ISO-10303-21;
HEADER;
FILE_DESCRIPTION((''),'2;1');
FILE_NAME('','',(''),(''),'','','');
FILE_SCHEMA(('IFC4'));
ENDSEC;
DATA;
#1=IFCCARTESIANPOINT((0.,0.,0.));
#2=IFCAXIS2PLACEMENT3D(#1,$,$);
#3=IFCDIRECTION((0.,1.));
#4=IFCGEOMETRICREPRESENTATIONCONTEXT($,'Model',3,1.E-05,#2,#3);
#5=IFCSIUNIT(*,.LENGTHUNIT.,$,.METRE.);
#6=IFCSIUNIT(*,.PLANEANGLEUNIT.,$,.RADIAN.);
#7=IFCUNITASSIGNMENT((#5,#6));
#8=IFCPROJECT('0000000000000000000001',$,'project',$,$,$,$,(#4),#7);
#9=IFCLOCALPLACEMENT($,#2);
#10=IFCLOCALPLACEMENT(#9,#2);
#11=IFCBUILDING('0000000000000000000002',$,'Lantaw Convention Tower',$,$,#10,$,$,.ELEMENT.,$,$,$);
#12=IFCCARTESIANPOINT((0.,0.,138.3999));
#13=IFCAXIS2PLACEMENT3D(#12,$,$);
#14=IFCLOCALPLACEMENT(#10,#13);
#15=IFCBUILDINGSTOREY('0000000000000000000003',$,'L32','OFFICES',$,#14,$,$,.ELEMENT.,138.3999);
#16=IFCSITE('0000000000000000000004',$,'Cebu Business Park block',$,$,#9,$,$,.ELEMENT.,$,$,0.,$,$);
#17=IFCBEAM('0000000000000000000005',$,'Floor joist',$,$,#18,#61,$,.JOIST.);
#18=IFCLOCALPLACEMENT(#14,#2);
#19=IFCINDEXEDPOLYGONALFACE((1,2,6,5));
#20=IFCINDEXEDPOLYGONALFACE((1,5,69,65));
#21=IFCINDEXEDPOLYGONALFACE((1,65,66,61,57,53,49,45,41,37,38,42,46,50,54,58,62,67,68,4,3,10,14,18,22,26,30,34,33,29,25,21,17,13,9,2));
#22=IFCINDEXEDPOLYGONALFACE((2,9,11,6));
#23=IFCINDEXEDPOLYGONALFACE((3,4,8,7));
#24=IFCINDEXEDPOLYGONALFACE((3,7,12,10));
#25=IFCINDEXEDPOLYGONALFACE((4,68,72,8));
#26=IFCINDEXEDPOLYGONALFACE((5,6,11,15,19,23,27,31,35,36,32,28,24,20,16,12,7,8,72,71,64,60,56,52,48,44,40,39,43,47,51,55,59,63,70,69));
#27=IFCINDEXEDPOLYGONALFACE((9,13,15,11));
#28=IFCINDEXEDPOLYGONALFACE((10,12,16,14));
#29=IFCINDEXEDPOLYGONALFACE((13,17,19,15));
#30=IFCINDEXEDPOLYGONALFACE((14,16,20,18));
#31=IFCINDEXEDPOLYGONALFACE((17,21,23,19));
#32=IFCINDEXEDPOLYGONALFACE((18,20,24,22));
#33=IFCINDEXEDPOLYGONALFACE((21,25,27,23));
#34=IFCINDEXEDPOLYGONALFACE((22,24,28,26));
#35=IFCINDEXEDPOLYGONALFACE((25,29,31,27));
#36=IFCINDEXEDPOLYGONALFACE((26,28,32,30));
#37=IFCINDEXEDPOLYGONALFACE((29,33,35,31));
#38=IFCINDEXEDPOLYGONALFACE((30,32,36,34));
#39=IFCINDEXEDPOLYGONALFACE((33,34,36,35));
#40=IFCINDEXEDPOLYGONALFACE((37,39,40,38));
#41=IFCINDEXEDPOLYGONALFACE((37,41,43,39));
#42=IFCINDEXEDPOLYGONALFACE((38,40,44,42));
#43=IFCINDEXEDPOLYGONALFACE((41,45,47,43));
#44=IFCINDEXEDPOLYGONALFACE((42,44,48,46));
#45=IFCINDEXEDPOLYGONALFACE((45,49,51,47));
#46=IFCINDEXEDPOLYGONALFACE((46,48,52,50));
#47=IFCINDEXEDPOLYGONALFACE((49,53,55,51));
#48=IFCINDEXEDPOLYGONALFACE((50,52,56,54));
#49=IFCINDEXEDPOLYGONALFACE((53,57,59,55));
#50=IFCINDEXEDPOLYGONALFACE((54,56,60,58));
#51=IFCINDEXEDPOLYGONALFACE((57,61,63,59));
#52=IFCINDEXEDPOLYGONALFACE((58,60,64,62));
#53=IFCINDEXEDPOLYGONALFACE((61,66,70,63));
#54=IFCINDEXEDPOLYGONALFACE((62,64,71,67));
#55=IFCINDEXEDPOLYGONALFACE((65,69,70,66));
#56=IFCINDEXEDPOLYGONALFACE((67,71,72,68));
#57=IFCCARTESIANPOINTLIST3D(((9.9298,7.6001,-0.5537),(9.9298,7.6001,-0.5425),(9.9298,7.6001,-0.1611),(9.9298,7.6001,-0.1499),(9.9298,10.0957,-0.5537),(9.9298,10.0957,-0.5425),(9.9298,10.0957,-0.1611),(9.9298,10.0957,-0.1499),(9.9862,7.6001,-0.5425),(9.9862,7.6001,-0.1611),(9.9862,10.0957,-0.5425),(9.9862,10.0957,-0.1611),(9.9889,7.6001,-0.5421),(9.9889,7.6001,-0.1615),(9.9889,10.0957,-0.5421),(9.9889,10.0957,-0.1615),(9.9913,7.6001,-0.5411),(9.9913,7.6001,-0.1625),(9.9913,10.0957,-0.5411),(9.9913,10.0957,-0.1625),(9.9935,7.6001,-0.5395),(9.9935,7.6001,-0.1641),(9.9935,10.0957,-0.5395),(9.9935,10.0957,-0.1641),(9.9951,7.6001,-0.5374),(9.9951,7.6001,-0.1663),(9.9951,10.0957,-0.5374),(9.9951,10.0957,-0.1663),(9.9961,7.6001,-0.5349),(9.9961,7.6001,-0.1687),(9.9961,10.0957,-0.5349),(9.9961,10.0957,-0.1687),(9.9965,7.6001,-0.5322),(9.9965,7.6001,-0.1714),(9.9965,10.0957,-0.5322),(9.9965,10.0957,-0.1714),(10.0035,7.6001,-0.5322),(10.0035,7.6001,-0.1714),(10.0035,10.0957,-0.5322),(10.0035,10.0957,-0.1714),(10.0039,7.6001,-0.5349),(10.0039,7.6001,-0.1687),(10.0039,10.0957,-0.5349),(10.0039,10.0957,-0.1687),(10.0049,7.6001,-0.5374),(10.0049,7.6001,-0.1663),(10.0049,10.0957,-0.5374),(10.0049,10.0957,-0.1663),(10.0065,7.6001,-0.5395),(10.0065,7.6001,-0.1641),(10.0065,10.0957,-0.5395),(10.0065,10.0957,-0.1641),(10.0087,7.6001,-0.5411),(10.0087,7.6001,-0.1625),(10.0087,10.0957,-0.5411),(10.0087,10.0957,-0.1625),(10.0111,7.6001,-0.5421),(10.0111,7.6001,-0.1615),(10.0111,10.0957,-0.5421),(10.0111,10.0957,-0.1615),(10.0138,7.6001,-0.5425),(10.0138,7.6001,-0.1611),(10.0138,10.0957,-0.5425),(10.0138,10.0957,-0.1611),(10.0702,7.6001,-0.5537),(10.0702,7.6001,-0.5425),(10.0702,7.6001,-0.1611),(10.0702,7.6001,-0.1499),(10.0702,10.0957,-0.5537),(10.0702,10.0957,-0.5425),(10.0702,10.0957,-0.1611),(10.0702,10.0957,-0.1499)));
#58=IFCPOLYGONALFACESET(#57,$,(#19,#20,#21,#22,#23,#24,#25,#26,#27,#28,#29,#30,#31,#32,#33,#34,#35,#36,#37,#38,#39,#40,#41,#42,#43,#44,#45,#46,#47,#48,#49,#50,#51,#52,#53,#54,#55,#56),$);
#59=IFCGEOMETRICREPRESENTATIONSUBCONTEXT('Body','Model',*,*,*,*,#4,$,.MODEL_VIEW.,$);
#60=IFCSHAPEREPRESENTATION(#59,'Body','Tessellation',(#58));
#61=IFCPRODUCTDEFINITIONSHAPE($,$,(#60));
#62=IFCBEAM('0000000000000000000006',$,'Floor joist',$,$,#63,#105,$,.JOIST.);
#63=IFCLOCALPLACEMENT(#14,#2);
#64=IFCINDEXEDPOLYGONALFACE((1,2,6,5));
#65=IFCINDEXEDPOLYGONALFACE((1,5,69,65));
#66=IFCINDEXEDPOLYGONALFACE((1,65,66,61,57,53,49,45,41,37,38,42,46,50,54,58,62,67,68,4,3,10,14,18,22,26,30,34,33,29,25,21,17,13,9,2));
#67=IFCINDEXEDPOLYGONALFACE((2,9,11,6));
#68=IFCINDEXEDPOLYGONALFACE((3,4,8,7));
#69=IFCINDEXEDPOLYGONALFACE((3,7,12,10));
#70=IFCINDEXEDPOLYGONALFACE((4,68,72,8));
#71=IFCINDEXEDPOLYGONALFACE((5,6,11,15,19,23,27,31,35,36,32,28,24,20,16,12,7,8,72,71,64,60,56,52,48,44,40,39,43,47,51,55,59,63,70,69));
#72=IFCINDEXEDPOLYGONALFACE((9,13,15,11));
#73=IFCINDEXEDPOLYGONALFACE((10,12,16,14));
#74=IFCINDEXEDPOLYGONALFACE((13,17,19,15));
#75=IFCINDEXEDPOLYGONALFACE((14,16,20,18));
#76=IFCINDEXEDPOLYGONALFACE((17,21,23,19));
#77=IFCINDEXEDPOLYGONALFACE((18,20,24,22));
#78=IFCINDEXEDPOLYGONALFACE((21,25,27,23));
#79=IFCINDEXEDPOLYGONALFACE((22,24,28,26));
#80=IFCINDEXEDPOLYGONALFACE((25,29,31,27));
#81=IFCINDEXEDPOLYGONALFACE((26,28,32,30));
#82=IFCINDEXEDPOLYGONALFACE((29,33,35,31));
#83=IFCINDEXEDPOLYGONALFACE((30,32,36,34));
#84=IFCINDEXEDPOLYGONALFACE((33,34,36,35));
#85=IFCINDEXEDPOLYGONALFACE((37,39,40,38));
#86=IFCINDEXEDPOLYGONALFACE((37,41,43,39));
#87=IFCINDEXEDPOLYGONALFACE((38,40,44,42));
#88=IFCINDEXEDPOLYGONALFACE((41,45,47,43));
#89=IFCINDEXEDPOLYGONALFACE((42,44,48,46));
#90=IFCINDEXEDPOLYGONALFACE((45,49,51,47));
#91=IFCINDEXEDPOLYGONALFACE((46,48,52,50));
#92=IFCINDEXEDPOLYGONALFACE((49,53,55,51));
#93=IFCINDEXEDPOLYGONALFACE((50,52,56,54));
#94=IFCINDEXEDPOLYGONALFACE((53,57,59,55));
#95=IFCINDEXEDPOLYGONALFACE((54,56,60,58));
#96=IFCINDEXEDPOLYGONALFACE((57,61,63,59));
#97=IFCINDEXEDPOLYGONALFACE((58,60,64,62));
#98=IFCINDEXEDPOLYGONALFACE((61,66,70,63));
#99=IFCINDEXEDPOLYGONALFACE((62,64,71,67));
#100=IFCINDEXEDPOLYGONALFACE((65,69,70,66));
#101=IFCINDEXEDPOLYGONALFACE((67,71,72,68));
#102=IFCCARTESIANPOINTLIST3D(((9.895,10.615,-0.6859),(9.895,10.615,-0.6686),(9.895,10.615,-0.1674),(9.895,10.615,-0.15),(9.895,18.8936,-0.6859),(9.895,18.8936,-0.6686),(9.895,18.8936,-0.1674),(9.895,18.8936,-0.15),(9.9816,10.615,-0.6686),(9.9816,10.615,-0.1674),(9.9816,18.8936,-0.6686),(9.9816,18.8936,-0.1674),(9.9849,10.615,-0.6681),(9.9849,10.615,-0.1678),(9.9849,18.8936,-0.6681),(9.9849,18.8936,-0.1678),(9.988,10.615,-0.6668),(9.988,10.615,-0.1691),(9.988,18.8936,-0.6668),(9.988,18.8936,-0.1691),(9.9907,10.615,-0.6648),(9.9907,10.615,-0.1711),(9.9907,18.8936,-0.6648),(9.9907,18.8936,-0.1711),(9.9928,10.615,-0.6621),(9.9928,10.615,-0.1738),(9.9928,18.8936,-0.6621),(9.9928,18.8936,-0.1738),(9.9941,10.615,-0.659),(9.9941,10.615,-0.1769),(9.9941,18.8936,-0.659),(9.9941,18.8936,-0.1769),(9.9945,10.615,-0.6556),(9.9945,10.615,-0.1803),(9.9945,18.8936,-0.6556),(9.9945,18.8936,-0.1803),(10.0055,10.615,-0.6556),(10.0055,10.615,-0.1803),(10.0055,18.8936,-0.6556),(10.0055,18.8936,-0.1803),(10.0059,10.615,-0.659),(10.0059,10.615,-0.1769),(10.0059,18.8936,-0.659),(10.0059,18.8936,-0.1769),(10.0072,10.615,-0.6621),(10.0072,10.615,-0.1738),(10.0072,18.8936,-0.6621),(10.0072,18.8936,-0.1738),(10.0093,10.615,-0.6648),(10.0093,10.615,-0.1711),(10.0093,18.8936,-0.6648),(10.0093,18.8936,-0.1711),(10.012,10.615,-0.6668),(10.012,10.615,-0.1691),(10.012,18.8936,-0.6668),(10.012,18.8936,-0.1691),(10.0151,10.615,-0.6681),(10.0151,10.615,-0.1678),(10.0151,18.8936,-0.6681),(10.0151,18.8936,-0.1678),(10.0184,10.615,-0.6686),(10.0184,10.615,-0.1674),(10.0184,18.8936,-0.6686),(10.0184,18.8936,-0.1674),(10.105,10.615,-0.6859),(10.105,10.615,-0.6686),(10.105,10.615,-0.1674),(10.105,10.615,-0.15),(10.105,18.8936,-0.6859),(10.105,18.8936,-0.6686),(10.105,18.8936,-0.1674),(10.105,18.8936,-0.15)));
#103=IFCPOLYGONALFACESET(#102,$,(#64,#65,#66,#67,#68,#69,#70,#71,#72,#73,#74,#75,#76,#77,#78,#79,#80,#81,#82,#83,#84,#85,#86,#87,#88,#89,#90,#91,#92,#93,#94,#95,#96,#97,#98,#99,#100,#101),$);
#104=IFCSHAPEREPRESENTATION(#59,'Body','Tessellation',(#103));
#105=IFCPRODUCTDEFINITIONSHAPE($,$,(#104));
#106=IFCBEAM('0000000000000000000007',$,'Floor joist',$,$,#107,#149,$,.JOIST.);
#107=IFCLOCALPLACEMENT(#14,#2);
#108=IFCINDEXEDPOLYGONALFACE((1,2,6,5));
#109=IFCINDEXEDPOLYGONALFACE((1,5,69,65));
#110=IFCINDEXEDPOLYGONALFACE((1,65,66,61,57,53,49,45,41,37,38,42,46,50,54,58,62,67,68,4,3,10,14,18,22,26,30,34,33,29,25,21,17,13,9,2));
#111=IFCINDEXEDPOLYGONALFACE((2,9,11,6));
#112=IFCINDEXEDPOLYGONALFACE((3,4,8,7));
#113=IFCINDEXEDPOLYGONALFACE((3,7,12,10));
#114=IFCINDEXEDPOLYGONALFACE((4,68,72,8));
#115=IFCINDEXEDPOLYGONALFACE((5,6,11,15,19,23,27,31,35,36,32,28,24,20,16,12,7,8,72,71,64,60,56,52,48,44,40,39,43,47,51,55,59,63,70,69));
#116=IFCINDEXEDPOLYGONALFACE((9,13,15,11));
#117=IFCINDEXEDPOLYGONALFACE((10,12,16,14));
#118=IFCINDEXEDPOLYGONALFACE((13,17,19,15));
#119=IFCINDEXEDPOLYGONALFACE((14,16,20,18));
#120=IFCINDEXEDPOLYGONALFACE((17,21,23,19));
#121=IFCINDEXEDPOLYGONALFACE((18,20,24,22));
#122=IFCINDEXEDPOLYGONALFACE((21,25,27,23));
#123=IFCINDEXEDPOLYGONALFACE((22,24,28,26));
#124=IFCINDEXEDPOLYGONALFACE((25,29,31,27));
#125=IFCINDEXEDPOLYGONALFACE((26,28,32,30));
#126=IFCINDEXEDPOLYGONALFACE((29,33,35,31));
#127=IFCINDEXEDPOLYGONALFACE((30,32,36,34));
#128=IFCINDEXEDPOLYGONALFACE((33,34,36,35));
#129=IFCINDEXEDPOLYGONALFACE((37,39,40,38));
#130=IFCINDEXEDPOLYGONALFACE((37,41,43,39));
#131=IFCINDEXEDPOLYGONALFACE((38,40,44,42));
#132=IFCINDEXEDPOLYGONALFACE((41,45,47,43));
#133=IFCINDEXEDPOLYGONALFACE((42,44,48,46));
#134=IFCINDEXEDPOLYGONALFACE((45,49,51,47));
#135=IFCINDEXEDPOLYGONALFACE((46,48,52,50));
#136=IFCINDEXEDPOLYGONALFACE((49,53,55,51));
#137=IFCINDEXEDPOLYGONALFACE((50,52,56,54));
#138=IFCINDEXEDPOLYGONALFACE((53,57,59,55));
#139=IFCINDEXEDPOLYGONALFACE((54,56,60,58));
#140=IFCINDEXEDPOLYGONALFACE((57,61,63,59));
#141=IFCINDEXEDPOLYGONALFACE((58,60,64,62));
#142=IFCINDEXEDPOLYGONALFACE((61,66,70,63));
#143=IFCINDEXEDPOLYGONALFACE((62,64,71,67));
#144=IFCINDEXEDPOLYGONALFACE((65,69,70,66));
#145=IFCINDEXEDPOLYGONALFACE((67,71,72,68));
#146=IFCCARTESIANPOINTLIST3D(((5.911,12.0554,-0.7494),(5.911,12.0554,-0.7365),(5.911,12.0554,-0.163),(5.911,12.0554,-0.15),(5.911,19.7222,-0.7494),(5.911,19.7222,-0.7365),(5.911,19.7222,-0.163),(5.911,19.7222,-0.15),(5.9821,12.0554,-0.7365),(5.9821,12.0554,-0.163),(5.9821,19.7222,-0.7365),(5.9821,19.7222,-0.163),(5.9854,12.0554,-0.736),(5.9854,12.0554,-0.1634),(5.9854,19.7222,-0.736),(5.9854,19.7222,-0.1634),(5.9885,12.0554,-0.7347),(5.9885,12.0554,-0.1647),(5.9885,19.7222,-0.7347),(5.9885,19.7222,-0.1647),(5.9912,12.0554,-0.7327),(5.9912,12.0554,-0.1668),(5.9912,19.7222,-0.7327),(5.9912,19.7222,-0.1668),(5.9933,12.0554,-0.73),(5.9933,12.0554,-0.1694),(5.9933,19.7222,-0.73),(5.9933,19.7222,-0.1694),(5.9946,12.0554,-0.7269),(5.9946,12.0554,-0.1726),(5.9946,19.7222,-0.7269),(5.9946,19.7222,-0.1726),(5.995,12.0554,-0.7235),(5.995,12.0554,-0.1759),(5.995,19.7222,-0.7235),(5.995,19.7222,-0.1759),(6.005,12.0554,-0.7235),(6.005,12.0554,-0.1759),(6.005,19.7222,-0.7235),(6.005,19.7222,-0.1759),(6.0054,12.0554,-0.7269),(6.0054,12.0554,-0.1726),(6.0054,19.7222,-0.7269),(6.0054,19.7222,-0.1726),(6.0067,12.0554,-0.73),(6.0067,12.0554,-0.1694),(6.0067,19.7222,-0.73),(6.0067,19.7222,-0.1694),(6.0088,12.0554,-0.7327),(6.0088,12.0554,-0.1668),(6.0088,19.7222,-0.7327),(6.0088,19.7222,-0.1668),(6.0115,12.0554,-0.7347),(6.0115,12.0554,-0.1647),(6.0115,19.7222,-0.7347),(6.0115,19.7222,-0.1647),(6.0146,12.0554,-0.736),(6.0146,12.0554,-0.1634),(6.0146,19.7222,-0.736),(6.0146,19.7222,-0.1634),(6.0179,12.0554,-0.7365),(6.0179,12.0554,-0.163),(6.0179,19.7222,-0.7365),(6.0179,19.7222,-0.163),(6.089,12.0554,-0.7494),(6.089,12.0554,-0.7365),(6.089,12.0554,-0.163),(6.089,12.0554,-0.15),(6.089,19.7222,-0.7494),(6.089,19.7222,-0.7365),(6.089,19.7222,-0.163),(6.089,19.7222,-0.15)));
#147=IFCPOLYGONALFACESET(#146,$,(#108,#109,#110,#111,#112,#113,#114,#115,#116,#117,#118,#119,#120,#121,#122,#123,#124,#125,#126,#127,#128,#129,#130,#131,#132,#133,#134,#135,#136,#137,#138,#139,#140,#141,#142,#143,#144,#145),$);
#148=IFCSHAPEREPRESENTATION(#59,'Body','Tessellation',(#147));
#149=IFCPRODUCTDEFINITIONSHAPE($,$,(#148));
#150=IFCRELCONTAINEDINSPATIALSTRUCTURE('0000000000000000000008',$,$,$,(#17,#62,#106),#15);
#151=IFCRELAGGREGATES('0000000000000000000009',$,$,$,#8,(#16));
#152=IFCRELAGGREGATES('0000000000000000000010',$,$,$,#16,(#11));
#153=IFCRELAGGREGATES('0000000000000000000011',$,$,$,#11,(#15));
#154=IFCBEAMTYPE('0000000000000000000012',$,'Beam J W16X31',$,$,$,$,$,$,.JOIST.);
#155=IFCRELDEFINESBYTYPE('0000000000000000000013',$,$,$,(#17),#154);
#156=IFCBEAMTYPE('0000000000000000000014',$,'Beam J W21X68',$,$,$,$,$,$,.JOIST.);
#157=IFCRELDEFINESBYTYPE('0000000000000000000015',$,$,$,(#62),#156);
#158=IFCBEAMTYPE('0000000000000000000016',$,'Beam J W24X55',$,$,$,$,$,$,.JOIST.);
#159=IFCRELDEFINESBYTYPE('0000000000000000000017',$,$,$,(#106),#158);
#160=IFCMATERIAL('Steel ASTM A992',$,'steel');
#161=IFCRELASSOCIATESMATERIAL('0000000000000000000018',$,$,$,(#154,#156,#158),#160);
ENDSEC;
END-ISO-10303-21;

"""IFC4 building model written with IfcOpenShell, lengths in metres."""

from ifc_helpers import new_model, si_unit, direction, frame, origin, origin_2d, place, context, subcontext, project, spatial, i_section, extrude, material, material_profile, profile_set, type_object, element, save


model = new_model("IFC4")

# Units and contexts
model_context = context("Model", 3, precision=1e-05, world=origin(), true_north=direction((0.0, 1.0)))
body_context = subcontext(model_context, "Body", "Model", "MODEL_VIEW")
ifc_project = project(units=[si_unit("LENGTHUNIT", "METRE"), si_unit("PLANEANGLEUNIT", "RADIAN")], contexts=[model_context])

# Site, building, storey
site_placement = place(None, origin())
site = spatial("IfcSite", under=ifc_project, at=site_placement, Name="Cebu Business Park block", CompositionType="ELEMENT", RefElevation=0.0)
building_placement = place(site_placement, origin())
building = spatial("IfcBuilding", under=site, at=building_placement, Name="Lantaw Convention Tower", CompositionType="ELEMENT")
storey_placement = place(building_placement, frame((0.0, 0.0, 138.3999)))
storey = spatial("IfcBuildingStorey", under=building, at=storey_placement, Name="L32", Description="OFFICES", CompositionType="ELEMENT", Elevation=138.3999)

# Beams
ifc_material_1 = material(Name="Steel ASTM A992", Category="steel")
ifc_material_profile_1 = material_profile(ifc_material_1, i_section(OverallWidth=0.1404, OverallDepth=0.4038, WebThickness=0.0071, FlangeThickness=0.0112, FilletRadius=0.0103, at=origin_2d()), Name="W16X31")
ifc_profile_set_1 = profile_set([ifc_material_profile_1], Name="Steel ASTM A992")
beam_type_1 = type_object("IfcBeamType", Name="Beam J W16X31", PredefinedType="JOIST", material=ifc_profile_set_1)
beam_1_placement = place(storey_placement, frame((10.0, 7.6001, -0.3518), z_axis=(0.0, 1.0, 0.0), x_axis=(-1.0, 0.0, 0.0)))
element("IfcBeam", 1, at=beam_1_placement, inside=storey, type_object=beam_type_1, Name="Floor joist", PredefinedType="JOIST", context=body_context, shape_type="SweptSolid", body=[
    extrude(i_section(OverallWidth=0.1404, OverallDepth=0.4038, WebThickness=0.0071, FlangeThickness=0.0112, FilletRadius=0.0103, at=origin_2d()), origin(), (0.0, 0.0, 1.0), 2.4956),
])
ifc_material_profile_2 = material_profile(ifc_material_1, i_section(OverallWidth=0.21, OverallDepth=0.5359, WebThickness=0.011, FlangeThickness=0.0173, FilletRadius=0.0129, at=origin_2d()), Name="W21X68")
ifc_profile_set_2 = profile_set([ifc_material_profile_2], Name="Steel ASTM A992")
beam_type_2 = type_object("IfcBeamType", Name="Beam J W21X68", PredefinedType="JOIST", material=ifc_profile_set_2)
beam_2_placement = place(storey_placement, frame((10.0, 10.615, -0.418), z_axis=(0.0, 1.0, 0.0), x_axis=(-1.0, 0.0, 0.0)))
element("IfcBeam", 2, at=beam_2_placement, inside=storey, type_object=beam_type_2, Name="Floor joist", PredefinedType="JOIST", context=body_context, shape_type="SweptSolid", body=[
    extrude(i_section(OverallWidth=0.21, OverallDepth=0.5359, WebThickness=0.011, FlangeThickness=0.0173, FilletRadius=0.0129, at=origin_2d()), origin(), (0.0, 0.0, 1.0), 8.2786),
])
ifc_material_profile_3 = material_profile(ifc_material_1, i_section(OverallWidth=0.178, OverallDepth=0.5994, WebThickness=0.01, FlangeThickness=0.0129, FilletRadius=0.0129, at=origin_2d()), Name="W24X55")
ifc_profile_set_3 = profile_set([ifc_material_profile_3], Name="Steel ASTM A992")
beam_type_3 = type_object("IfcBeamType", Name="Beam J W24X55", PredefinedType="JOIST", material=ifc_profile_set_3)
beam_3_placement = place(storey_placement, frame((6.0, 12.0554, -0.4497), z_axis=(0.0, 1.0, 0.0), x_axis=(-1.0, 0.0, 0.0)))
element("IfcBeam", 3, at=beam_3_placement, inside=storey, type_object=beam_type_3, Name="Floor joist", PredefinedType="JOIST", context=body_context, shape_type="SweptSolid", body=[
    extrude(i_section(OverallWidth=0.178, OverallDepth=0.5994, WebThickness=0.01, FlangeThickness=0.0129, FilletRadius=0.0129, at=origin_2d()), origin(), (0.0, 0.0, 1.0), 7.6667),
])

save(model, "model.ifc")
